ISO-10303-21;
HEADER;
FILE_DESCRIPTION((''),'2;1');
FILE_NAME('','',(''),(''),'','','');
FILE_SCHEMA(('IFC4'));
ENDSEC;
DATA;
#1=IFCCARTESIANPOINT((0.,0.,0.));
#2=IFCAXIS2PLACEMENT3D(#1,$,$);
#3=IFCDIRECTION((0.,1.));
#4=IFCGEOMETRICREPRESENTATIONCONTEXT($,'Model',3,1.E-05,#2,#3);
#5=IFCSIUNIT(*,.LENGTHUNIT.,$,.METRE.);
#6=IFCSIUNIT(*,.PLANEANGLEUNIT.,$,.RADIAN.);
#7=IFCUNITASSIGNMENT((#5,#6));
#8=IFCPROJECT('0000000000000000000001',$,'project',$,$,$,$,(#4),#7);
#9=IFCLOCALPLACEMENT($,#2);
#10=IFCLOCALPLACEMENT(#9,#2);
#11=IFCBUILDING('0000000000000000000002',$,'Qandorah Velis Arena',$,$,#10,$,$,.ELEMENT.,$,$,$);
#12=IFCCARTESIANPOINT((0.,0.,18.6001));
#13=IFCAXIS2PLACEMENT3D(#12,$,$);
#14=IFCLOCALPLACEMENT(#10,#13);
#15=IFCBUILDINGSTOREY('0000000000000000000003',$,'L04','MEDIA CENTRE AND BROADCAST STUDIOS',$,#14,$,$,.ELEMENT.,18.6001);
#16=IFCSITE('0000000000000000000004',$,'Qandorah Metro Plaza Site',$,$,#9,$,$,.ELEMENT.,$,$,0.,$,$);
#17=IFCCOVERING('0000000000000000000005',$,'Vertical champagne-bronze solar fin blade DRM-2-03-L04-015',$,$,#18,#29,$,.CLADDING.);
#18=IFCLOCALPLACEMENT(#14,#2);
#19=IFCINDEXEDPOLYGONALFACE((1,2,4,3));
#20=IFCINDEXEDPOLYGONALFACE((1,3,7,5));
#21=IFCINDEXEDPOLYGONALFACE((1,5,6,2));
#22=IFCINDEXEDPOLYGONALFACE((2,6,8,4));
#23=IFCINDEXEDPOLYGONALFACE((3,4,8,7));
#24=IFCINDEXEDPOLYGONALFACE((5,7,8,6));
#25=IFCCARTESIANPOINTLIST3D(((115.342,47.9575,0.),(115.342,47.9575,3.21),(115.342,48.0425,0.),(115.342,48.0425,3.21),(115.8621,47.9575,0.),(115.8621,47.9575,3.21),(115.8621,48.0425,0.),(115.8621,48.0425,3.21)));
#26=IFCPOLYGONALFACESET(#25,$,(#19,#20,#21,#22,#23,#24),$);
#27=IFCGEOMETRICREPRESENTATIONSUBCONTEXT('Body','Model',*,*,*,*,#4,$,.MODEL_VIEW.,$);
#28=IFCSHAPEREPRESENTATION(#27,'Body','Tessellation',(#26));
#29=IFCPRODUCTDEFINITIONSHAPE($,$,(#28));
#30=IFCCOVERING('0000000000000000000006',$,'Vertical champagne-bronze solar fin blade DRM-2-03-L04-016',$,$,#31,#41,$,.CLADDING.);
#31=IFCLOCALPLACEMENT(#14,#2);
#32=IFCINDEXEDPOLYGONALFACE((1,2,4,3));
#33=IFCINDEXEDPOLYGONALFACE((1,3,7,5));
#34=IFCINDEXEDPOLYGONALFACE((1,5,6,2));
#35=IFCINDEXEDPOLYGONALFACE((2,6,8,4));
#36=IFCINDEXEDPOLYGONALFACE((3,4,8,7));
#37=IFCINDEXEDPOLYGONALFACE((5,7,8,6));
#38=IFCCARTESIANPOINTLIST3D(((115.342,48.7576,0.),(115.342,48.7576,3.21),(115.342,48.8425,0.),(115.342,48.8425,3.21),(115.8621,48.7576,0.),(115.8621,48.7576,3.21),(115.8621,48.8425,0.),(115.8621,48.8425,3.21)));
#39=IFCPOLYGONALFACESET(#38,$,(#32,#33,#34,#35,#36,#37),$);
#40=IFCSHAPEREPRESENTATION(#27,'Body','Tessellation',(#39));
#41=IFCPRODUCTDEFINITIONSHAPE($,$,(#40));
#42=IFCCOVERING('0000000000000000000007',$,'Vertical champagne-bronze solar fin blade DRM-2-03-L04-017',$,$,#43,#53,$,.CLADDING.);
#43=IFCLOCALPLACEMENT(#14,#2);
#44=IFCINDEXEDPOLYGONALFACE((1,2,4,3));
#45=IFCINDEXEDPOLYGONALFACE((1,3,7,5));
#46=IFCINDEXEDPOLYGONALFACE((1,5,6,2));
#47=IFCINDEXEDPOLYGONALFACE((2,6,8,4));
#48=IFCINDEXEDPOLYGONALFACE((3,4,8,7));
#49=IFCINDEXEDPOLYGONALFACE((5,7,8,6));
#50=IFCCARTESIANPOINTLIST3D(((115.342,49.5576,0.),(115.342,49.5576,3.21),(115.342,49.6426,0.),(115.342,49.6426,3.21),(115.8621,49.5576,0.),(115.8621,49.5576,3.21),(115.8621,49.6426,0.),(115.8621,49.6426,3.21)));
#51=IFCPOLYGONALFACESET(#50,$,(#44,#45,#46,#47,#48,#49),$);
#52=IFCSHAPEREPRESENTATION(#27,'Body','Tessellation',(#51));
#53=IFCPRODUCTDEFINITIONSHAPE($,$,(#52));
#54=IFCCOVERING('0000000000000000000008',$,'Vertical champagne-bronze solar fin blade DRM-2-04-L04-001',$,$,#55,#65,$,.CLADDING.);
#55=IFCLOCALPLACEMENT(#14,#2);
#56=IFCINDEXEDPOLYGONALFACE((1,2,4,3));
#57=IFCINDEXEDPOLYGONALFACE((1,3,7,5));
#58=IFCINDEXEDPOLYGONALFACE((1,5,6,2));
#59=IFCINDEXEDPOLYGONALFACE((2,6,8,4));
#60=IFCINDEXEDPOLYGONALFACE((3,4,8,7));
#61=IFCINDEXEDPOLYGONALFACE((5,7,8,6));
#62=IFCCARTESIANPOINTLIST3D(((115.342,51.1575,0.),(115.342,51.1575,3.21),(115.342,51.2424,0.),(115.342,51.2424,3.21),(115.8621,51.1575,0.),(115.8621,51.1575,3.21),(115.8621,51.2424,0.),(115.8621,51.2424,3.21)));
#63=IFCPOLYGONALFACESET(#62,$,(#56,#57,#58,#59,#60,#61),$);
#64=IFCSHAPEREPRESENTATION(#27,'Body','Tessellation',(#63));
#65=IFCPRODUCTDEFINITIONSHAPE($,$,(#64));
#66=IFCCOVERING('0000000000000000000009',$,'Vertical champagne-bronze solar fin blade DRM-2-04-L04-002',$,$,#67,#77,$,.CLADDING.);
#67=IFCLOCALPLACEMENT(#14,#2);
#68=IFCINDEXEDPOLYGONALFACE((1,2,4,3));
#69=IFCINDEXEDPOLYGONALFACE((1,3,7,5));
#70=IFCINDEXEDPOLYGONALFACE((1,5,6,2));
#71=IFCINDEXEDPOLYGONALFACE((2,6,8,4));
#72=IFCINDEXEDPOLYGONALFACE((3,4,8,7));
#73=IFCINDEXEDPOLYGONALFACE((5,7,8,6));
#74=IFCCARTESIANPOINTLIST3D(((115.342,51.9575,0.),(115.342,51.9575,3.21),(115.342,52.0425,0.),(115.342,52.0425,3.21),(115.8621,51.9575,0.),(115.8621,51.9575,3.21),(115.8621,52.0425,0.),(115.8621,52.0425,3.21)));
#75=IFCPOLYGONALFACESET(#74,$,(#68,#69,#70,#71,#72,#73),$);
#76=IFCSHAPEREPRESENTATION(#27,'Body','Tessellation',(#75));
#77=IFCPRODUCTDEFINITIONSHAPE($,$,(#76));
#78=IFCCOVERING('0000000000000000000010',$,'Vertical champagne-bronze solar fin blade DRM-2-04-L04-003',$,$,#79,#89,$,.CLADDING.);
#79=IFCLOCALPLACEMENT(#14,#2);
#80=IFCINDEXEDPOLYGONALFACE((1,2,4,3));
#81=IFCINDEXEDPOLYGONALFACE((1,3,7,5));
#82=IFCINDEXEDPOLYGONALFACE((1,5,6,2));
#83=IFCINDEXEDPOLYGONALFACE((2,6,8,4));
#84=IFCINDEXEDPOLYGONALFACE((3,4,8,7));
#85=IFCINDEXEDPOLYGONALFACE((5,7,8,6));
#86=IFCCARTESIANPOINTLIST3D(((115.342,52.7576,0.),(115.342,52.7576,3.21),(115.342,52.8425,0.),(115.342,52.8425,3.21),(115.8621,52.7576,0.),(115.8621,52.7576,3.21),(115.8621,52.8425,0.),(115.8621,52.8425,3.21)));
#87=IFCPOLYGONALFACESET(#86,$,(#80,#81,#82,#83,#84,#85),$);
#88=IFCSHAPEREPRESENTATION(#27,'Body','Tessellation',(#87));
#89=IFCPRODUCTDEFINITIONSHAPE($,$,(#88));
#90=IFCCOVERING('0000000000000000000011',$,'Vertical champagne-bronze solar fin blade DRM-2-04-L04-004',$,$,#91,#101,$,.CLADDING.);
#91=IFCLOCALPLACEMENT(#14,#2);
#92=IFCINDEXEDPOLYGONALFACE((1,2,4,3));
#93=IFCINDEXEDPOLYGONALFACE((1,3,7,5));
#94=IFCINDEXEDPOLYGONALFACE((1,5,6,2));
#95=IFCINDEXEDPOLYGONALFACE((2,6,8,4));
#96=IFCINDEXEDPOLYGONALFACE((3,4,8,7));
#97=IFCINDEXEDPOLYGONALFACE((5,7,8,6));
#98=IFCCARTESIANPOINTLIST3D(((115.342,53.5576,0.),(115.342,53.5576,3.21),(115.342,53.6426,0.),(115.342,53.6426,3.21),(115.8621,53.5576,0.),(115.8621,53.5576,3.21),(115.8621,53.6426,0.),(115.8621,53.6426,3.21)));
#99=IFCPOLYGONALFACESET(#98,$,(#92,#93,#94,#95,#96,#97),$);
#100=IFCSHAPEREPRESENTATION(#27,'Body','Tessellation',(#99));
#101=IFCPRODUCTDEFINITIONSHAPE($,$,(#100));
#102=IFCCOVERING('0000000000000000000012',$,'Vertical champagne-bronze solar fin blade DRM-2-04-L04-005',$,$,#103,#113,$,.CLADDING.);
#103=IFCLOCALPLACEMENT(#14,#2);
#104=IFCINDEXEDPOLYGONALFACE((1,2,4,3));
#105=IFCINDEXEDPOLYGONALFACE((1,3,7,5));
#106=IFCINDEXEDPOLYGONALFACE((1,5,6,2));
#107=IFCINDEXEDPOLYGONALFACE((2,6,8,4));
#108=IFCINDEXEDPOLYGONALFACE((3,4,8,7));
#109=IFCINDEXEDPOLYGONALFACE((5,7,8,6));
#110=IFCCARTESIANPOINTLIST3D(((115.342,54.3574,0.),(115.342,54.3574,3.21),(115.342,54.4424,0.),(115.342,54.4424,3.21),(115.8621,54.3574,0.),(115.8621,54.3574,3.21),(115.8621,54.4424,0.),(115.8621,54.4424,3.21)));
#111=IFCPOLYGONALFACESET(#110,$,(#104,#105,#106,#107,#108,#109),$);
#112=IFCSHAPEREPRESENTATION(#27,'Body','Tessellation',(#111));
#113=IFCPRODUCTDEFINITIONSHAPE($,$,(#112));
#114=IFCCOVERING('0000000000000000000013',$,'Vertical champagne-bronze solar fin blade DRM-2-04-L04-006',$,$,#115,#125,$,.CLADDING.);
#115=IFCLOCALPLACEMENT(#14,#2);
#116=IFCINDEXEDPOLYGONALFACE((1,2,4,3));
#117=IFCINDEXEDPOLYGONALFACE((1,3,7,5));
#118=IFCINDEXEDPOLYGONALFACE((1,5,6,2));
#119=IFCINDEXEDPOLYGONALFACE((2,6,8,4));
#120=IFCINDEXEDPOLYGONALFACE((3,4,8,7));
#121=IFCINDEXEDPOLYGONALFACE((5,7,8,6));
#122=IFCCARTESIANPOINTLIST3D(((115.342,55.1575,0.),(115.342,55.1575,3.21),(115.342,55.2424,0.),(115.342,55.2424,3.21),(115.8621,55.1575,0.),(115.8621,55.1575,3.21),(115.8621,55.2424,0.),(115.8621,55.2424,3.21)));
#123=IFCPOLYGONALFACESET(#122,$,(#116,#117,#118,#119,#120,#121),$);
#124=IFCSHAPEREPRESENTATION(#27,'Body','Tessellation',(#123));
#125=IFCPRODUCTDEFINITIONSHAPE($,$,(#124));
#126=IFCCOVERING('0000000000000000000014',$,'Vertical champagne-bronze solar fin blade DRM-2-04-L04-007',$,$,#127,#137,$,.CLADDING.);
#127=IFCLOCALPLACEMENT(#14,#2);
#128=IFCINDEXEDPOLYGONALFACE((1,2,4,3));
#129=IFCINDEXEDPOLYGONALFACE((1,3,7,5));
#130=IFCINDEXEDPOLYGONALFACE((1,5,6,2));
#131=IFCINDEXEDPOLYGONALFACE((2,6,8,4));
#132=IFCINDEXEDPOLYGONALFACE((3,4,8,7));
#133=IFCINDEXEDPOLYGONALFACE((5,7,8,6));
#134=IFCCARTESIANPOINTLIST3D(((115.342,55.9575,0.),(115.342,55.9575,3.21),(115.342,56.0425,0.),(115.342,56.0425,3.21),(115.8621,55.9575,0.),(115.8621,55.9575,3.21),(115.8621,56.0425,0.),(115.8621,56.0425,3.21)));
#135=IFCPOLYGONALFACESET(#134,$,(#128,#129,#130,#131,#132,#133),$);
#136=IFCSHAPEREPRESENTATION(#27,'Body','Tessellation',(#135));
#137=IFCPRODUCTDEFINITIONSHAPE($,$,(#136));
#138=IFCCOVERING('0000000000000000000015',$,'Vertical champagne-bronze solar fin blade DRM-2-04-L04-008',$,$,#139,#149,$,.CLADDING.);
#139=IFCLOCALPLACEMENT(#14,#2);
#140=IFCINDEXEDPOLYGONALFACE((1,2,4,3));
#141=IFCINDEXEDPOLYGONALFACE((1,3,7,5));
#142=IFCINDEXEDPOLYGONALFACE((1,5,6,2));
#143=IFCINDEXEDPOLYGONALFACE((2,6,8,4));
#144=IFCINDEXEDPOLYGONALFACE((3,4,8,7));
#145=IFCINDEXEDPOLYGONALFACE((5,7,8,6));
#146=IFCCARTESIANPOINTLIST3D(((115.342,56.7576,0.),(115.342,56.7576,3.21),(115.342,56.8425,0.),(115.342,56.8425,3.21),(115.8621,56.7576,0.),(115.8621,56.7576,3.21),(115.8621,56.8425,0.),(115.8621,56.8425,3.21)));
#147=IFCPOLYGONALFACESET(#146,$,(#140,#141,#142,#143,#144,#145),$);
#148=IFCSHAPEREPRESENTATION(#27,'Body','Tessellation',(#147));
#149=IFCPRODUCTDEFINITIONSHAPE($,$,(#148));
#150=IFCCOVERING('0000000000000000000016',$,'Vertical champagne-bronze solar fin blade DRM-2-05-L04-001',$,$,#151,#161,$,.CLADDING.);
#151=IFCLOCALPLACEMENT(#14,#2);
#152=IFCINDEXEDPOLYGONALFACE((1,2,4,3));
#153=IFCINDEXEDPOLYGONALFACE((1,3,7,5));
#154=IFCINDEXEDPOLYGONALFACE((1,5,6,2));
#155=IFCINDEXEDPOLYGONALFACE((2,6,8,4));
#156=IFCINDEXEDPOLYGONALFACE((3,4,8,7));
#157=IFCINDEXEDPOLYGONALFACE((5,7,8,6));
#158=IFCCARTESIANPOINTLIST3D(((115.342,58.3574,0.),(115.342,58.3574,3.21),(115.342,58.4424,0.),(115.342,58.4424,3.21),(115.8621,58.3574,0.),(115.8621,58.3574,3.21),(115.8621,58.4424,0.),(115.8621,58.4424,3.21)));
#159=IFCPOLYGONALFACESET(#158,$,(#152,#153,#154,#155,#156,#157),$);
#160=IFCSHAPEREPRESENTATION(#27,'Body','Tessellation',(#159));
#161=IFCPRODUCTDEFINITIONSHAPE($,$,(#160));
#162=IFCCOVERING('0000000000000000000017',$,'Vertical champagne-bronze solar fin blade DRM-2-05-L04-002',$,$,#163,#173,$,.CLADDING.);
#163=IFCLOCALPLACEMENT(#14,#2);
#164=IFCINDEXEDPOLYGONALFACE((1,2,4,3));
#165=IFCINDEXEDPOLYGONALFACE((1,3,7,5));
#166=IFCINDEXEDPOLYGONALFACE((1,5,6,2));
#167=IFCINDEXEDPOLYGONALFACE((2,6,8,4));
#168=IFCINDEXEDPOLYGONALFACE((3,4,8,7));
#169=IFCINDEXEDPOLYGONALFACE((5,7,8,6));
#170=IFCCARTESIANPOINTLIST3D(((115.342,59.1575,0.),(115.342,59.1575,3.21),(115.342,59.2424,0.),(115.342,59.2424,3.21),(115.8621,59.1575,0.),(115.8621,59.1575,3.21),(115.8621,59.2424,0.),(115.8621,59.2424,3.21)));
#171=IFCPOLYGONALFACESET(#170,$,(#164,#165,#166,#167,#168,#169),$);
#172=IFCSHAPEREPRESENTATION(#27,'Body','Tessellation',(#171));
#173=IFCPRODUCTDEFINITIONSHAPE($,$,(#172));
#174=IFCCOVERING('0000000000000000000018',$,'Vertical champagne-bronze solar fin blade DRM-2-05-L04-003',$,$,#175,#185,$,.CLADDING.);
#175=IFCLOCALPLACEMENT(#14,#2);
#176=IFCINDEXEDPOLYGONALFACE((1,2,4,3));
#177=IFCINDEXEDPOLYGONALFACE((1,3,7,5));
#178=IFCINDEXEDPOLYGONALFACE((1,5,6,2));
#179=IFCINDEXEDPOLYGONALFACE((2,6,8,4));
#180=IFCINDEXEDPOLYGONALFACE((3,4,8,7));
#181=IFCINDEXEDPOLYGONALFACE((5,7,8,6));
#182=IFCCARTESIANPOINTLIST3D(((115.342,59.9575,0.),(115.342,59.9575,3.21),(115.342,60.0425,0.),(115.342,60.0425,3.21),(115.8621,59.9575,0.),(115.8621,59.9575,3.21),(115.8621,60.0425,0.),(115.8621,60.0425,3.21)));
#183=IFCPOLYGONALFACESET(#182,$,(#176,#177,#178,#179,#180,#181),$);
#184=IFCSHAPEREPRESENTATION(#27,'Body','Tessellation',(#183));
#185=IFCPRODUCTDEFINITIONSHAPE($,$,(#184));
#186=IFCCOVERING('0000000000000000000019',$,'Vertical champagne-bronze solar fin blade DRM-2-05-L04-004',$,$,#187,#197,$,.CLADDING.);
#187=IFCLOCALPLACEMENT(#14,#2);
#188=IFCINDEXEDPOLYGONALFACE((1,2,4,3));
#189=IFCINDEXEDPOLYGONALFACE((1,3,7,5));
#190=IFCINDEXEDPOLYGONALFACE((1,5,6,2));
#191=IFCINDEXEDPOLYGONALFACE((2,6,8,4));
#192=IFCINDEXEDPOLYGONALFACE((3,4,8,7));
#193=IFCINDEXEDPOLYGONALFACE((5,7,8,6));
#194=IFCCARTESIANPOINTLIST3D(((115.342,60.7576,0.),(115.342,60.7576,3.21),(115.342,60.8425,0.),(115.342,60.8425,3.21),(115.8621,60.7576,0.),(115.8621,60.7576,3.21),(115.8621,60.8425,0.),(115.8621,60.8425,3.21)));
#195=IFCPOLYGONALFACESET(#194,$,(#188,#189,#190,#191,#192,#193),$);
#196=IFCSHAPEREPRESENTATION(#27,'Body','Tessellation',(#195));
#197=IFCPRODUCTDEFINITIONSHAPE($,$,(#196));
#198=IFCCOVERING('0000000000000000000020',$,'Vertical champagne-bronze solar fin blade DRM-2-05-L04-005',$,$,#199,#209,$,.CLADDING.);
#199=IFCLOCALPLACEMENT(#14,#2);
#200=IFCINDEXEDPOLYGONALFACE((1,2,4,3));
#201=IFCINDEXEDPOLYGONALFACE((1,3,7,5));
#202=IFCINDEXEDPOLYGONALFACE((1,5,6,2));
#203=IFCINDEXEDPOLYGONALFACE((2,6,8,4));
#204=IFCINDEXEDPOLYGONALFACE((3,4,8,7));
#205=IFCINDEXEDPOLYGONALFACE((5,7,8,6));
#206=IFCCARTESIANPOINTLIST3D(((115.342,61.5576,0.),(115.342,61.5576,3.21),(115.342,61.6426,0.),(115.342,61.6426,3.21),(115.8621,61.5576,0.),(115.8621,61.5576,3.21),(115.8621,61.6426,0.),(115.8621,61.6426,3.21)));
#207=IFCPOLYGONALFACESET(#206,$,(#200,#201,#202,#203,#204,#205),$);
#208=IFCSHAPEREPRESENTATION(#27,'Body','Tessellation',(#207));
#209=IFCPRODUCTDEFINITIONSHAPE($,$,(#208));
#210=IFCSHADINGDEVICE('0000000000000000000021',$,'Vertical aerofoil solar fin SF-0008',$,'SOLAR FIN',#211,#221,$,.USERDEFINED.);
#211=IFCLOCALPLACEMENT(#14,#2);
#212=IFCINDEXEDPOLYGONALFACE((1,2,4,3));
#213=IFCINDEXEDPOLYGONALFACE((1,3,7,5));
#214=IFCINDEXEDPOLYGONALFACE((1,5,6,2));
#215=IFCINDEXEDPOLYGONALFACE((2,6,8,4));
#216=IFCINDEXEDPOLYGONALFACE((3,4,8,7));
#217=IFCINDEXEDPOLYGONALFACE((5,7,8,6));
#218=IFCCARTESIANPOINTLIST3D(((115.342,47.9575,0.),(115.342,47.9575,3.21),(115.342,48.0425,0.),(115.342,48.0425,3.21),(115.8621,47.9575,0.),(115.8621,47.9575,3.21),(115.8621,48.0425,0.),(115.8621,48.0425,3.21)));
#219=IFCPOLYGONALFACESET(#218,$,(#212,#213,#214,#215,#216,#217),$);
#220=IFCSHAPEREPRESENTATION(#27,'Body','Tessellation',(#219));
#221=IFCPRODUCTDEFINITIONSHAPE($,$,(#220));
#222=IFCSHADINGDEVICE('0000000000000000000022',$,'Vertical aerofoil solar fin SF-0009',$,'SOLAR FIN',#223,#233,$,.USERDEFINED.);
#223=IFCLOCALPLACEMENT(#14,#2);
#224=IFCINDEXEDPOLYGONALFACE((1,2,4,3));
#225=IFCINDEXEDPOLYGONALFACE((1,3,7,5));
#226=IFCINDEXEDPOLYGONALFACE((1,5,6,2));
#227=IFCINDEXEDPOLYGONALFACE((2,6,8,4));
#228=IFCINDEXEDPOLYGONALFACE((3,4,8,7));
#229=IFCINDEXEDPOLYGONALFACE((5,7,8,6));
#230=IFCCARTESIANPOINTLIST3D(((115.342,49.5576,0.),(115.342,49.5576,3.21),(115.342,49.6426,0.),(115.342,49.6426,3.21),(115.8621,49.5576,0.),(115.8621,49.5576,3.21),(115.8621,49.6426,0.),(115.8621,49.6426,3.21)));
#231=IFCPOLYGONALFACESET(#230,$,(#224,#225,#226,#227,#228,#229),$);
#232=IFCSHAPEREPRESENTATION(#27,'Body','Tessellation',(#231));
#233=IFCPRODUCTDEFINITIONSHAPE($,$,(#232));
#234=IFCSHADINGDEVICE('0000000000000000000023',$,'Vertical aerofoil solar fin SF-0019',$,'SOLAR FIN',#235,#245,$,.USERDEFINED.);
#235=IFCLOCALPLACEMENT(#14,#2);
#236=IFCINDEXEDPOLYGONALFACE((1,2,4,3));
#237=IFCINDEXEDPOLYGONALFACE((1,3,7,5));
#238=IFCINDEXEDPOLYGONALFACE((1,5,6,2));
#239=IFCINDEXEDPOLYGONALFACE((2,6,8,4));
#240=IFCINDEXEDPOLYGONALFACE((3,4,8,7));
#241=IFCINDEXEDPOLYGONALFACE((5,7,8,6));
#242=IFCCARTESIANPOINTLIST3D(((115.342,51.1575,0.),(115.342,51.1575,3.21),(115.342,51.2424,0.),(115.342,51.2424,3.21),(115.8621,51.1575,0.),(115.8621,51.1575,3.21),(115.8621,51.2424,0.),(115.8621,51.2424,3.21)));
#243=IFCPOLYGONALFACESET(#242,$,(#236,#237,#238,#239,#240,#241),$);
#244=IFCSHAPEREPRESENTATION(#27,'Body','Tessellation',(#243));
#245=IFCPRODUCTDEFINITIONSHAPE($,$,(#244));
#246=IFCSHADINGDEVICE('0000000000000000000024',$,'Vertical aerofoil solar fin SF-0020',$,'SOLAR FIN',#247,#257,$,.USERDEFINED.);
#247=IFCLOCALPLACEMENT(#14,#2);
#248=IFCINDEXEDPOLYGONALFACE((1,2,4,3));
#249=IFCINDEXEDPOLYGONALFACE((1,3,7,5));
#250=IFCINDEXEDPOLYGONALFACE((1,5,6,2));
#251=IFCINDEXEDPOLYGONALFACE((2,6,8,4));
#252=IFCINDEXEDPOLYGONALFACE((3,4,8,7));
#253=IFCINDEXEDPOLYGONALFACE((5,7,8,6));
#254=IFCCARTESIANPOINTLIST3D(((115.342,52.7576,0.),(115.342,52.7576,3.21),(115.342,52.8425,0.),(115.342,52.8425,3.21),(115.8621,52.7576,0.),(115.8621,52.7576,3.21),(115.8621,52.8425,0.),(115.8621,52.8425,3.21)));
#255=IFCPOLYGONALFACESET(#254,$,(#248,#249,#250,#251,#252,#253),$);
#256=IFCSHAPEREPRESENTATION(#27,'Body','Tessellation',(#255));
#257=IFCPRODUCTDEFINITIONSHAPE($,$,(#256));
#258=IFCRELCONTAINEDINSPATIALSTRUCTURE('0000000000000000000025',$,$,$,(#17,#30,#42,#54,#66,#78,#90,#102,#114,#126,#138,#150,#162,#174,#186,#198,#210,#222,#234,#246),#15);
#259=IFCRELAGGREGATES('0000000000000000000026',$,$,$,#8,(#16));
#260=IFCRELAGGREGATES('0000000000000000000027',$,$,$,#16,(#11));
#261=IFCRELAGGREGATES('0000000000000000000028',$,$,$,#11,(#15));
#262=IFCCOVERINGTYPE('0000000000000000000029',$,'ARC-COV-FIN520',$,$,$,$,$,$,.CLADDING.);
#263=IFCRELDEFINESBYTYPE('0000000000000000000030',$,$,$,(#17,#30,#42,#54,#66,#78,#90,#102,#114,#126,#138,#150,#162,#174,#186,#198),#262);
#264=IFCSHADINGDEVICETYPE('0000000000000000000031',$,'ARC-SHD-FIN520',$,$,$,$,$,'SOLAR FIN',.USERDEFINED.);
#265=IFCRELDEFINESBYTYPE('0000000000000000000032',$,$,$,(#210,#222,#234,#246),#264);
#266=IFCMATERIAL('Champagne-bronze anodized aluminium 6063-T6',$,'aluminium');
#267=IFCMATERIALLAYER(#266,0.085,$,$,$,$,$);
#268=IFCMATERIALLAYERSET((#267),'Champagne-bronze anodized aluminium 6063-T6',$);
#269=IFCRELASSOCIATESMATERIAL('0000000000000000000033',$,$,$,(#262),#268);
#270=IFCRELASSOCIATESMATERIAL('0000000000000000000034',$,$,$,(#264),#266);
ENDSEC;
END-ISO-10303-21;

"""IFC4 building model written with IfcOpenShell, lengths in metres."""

from ifc_helpers import new_model, si_unit, direction, frame, origin, origin_2d, place, context, subcontext, project, spatial, rectangle, extrude, material, layer, layer_set, type_object, element, save


model = new_model("IFC4")

# Units and contexts
model_context = context("Model", 3, precision=1e-05, world=origin(), true_north=direction((0.0, 1.0)))
body_context = subcontext(model_context, "Body", "Model", "MODEL_VIEW")
ifc_project = project(units=[si_unit("LENGTHUNIT", "METRE"), si_unit("PLANEANGLEUNIT", "RADIAN")], contexts=[model_context])

# Site, building, storey
site_placement = place(None, origin())
site = spatial("IfcSite", under=ifc_project, at=site_placement, Name="Qandorah Metro Plaza Site", CompositionType="ELEMENT", RefElevation=0.0)
building_placement = place(site_placement, origin())
building = spatial("IfcBuilding", under=site, at=building_placement, Name="Qandorah Velis Arena", CompositionType="ELEMENT")
storey_placement = place(building_placement, frame((0.0, 0.0, 18.6001)))
storey = spatial("IfcBuildingStorey", under=building, at=storey_placement, Name="L04", Description="MEDIA CENTRE AND BROADCAST STUDIOS", CompositionType="ELEMENT", Elevation=18.6001)

# Coverings
ifc_material = material(Name="Champagne-bronze anodized aluminium 6063-T6", Category="aluminium")
ifc_layer = layer(ifc_material, 0.085)
ifc_layer_set = layer_set([ifc_layer], Name="Champagne-bronze anodized aluminium 6063-T6")
covering_type = type_object("IfcCoveringType", Name="ARC-COV-FIN520", PredefinedType="CLADDING", material=ifc_layer_set)
for number, where, z_axis, x_axis, name in (
    (1, (115.6021, 48.0, 0.0), (0.0, 0.0, 1.0), (1.0, 0.0, 0.0), "Vertical champagne-bronze solar fin blade DRM-2-03-L04-015"),
    (2, (115.6021, 48.8, 0.0), (0.0, 0.0, 1.0), (1.0, 0.0, 0.0), "Vertical champagne-bronze solar fin blade DRM-2-03-L04-016"),
    (3, (115.6021, 49.6001, 0.0), (0.0, 0.0, 1.0), (1.0, 0.0, 0.0), "Vertical champagne-bronze solar fin blade DRM-2-03-L04-017"),
    (4, (115.6021, 51.2, 0.0), (0.0, 0.0, 1.0), (1.0, 0.0, 0.0), "Vertical champagne-bronze solar fin blade DRM-2-04-L04-001"),
    (5, (115.6021, 52.0, 0.0), (0.0, 0.0, 1.0), (1.0, 0.0, 0.0), "Vertical champagne-bronze solar fin blade DRM-2-04-L04-002"),
    (6, (115.6021, 52.8, 0.0), (0.0, 0.0, 1.0), (1.0, 0.0, 0.0), "Vertical champagne-bronze solar fin blade DRM-2-04-L04-003"),
    (7, (115.6021, 53.6001, 0.0), (0.0, 0.0, 1.0), (1.0, 0.0, 0.0), "Vertical champagne-bronze solar fin blade DRM-2-04-L04-004"),
    (8, (115.6021, 54.3999, 0.0), (0.0, 0.0, 1.0), (1.0, 0.0, 0.0), "Vertical champagne-bronze solar fin blade DRM-2-04-L04-005"),
    (9, (115.6021, 55.2, 0.0), (0.0, 0.0, 1.0), (1.0, 0.0, 0.0), "Vertical champagne-bronze solar fin blade DRM-2-04-L04-006"),
    (10, (115.6021, 56.0, 0.0), (0.0, 0.0, 1.0), (1.0, 0.0, 0.0), "Vertical champagne-bronze solar fin blade DRM-2-04-L04-007"),
    (11, (115.6021, 56.8, 0.0), (0.0, 0.0, 1.0), (1.0, 0.0, 0.0), "Vertical champagne-bronze solar fin blade DRM-2-04-L04-008"),
    (12, (115.6021, 58.3999, 0.0), (0.0, 0.0, 1.0), (1.0, 0.0, 0.0), "Vertical champagne-bronze solar fin blade DRM-2-05-L04-001"),
    (13, (115.6021, 59.2, 0.0), (0.0, 0.0, 1.0), (1.0, 0.0, 0.0), "Vertical champagne-bronze solar fin blade DRM-2-05-L04-002"),
    (14, (115.6021, 60.0, 0.0), (0.0, 0.0, 1.0), (1.0, 0.0, 0.0), "Vertical champagne-bronze solar fin blade DRM-2-05-L04-003"),
    (15, (115.6021, 60.8, 0.0), (0.0, 0.0, 1.0), (1.0, 0.0, 0.0), "Vertical champagne-bronze solar fin blade DRM-2-05-L04-004"),
    (16, (115.6021, 61.6001, 0.0), (0.0, 0.0, 1.0), (1.0, 0.0, 0.0), "Vertical champagne-bronze solar fin blade DRM-2-05-L04-005"),
):
    element("IfcCovering", number, at=place(storey_placement, frame(where, z_axis=z_axis, x_axis=x_axis)), inside=storey, type_object=covering_type, Name=name, PredefinedType="CLADDING", context=body_context, shape_type="SweptSolid", body=[
        extrude(rectangle(XDim=0.52, YDim=0.085, at=origin_2d()), origin(), (0.0, 0.0, 1.0), 3.21),
    ])

# Shading devices
shading_device_type = type_object("IfcShadingDeviceType", Name="ARC-SHD-FIN520", ElementType="SOLAR FIN", PredefinedType="USERDEFINED", material=ifc_material)
for number, where, z_axis, x_axis, name in (
    (17, (115.6021, 48.0, 0.0), (0.0, 0.0, 1.0), (1.0, 0.0, 0.0), "Vertical aerofoil solar fin SF-0008"),
    (18, (115.6021, 49.6001, 0.0), (0.0, 0.0, 1.0), (1.0, 0.0, 0.0), "Vertical aerofoil solar fin SF-0009"),
    (19, (115.6021, 51.2, 0.0), (0.0, 0.0, 1.0), (1.0, 0.0, 0.0), "Vertical aerofoil solar fin SF-0019"),
    (20, (115.6021, 52.8, 0.0), (0.0, 0.0, 1.0), (1.0, 0.0, 0.0), "Vertical aerofoil solar fin SF-0020"),
):
    element("IfcShadingDevice", number, at=place(storey_placement, frame(where, z_axis=z_axis, x_axis=x_axis)), inside=storey, type_object=shading_device_type, Name=name, ObjectType="SOLAR FIN", PredefinedType="USERDEFINED", context=body_context, shape_type="SweptSolid", body=[
        extrude(rectangle(XDim=0.52, YDim=0.085, at=origin_2d()), origin(), (0.0, 0.0, 1.0), 3.21),
    ])

save(model, "model.ifc")
